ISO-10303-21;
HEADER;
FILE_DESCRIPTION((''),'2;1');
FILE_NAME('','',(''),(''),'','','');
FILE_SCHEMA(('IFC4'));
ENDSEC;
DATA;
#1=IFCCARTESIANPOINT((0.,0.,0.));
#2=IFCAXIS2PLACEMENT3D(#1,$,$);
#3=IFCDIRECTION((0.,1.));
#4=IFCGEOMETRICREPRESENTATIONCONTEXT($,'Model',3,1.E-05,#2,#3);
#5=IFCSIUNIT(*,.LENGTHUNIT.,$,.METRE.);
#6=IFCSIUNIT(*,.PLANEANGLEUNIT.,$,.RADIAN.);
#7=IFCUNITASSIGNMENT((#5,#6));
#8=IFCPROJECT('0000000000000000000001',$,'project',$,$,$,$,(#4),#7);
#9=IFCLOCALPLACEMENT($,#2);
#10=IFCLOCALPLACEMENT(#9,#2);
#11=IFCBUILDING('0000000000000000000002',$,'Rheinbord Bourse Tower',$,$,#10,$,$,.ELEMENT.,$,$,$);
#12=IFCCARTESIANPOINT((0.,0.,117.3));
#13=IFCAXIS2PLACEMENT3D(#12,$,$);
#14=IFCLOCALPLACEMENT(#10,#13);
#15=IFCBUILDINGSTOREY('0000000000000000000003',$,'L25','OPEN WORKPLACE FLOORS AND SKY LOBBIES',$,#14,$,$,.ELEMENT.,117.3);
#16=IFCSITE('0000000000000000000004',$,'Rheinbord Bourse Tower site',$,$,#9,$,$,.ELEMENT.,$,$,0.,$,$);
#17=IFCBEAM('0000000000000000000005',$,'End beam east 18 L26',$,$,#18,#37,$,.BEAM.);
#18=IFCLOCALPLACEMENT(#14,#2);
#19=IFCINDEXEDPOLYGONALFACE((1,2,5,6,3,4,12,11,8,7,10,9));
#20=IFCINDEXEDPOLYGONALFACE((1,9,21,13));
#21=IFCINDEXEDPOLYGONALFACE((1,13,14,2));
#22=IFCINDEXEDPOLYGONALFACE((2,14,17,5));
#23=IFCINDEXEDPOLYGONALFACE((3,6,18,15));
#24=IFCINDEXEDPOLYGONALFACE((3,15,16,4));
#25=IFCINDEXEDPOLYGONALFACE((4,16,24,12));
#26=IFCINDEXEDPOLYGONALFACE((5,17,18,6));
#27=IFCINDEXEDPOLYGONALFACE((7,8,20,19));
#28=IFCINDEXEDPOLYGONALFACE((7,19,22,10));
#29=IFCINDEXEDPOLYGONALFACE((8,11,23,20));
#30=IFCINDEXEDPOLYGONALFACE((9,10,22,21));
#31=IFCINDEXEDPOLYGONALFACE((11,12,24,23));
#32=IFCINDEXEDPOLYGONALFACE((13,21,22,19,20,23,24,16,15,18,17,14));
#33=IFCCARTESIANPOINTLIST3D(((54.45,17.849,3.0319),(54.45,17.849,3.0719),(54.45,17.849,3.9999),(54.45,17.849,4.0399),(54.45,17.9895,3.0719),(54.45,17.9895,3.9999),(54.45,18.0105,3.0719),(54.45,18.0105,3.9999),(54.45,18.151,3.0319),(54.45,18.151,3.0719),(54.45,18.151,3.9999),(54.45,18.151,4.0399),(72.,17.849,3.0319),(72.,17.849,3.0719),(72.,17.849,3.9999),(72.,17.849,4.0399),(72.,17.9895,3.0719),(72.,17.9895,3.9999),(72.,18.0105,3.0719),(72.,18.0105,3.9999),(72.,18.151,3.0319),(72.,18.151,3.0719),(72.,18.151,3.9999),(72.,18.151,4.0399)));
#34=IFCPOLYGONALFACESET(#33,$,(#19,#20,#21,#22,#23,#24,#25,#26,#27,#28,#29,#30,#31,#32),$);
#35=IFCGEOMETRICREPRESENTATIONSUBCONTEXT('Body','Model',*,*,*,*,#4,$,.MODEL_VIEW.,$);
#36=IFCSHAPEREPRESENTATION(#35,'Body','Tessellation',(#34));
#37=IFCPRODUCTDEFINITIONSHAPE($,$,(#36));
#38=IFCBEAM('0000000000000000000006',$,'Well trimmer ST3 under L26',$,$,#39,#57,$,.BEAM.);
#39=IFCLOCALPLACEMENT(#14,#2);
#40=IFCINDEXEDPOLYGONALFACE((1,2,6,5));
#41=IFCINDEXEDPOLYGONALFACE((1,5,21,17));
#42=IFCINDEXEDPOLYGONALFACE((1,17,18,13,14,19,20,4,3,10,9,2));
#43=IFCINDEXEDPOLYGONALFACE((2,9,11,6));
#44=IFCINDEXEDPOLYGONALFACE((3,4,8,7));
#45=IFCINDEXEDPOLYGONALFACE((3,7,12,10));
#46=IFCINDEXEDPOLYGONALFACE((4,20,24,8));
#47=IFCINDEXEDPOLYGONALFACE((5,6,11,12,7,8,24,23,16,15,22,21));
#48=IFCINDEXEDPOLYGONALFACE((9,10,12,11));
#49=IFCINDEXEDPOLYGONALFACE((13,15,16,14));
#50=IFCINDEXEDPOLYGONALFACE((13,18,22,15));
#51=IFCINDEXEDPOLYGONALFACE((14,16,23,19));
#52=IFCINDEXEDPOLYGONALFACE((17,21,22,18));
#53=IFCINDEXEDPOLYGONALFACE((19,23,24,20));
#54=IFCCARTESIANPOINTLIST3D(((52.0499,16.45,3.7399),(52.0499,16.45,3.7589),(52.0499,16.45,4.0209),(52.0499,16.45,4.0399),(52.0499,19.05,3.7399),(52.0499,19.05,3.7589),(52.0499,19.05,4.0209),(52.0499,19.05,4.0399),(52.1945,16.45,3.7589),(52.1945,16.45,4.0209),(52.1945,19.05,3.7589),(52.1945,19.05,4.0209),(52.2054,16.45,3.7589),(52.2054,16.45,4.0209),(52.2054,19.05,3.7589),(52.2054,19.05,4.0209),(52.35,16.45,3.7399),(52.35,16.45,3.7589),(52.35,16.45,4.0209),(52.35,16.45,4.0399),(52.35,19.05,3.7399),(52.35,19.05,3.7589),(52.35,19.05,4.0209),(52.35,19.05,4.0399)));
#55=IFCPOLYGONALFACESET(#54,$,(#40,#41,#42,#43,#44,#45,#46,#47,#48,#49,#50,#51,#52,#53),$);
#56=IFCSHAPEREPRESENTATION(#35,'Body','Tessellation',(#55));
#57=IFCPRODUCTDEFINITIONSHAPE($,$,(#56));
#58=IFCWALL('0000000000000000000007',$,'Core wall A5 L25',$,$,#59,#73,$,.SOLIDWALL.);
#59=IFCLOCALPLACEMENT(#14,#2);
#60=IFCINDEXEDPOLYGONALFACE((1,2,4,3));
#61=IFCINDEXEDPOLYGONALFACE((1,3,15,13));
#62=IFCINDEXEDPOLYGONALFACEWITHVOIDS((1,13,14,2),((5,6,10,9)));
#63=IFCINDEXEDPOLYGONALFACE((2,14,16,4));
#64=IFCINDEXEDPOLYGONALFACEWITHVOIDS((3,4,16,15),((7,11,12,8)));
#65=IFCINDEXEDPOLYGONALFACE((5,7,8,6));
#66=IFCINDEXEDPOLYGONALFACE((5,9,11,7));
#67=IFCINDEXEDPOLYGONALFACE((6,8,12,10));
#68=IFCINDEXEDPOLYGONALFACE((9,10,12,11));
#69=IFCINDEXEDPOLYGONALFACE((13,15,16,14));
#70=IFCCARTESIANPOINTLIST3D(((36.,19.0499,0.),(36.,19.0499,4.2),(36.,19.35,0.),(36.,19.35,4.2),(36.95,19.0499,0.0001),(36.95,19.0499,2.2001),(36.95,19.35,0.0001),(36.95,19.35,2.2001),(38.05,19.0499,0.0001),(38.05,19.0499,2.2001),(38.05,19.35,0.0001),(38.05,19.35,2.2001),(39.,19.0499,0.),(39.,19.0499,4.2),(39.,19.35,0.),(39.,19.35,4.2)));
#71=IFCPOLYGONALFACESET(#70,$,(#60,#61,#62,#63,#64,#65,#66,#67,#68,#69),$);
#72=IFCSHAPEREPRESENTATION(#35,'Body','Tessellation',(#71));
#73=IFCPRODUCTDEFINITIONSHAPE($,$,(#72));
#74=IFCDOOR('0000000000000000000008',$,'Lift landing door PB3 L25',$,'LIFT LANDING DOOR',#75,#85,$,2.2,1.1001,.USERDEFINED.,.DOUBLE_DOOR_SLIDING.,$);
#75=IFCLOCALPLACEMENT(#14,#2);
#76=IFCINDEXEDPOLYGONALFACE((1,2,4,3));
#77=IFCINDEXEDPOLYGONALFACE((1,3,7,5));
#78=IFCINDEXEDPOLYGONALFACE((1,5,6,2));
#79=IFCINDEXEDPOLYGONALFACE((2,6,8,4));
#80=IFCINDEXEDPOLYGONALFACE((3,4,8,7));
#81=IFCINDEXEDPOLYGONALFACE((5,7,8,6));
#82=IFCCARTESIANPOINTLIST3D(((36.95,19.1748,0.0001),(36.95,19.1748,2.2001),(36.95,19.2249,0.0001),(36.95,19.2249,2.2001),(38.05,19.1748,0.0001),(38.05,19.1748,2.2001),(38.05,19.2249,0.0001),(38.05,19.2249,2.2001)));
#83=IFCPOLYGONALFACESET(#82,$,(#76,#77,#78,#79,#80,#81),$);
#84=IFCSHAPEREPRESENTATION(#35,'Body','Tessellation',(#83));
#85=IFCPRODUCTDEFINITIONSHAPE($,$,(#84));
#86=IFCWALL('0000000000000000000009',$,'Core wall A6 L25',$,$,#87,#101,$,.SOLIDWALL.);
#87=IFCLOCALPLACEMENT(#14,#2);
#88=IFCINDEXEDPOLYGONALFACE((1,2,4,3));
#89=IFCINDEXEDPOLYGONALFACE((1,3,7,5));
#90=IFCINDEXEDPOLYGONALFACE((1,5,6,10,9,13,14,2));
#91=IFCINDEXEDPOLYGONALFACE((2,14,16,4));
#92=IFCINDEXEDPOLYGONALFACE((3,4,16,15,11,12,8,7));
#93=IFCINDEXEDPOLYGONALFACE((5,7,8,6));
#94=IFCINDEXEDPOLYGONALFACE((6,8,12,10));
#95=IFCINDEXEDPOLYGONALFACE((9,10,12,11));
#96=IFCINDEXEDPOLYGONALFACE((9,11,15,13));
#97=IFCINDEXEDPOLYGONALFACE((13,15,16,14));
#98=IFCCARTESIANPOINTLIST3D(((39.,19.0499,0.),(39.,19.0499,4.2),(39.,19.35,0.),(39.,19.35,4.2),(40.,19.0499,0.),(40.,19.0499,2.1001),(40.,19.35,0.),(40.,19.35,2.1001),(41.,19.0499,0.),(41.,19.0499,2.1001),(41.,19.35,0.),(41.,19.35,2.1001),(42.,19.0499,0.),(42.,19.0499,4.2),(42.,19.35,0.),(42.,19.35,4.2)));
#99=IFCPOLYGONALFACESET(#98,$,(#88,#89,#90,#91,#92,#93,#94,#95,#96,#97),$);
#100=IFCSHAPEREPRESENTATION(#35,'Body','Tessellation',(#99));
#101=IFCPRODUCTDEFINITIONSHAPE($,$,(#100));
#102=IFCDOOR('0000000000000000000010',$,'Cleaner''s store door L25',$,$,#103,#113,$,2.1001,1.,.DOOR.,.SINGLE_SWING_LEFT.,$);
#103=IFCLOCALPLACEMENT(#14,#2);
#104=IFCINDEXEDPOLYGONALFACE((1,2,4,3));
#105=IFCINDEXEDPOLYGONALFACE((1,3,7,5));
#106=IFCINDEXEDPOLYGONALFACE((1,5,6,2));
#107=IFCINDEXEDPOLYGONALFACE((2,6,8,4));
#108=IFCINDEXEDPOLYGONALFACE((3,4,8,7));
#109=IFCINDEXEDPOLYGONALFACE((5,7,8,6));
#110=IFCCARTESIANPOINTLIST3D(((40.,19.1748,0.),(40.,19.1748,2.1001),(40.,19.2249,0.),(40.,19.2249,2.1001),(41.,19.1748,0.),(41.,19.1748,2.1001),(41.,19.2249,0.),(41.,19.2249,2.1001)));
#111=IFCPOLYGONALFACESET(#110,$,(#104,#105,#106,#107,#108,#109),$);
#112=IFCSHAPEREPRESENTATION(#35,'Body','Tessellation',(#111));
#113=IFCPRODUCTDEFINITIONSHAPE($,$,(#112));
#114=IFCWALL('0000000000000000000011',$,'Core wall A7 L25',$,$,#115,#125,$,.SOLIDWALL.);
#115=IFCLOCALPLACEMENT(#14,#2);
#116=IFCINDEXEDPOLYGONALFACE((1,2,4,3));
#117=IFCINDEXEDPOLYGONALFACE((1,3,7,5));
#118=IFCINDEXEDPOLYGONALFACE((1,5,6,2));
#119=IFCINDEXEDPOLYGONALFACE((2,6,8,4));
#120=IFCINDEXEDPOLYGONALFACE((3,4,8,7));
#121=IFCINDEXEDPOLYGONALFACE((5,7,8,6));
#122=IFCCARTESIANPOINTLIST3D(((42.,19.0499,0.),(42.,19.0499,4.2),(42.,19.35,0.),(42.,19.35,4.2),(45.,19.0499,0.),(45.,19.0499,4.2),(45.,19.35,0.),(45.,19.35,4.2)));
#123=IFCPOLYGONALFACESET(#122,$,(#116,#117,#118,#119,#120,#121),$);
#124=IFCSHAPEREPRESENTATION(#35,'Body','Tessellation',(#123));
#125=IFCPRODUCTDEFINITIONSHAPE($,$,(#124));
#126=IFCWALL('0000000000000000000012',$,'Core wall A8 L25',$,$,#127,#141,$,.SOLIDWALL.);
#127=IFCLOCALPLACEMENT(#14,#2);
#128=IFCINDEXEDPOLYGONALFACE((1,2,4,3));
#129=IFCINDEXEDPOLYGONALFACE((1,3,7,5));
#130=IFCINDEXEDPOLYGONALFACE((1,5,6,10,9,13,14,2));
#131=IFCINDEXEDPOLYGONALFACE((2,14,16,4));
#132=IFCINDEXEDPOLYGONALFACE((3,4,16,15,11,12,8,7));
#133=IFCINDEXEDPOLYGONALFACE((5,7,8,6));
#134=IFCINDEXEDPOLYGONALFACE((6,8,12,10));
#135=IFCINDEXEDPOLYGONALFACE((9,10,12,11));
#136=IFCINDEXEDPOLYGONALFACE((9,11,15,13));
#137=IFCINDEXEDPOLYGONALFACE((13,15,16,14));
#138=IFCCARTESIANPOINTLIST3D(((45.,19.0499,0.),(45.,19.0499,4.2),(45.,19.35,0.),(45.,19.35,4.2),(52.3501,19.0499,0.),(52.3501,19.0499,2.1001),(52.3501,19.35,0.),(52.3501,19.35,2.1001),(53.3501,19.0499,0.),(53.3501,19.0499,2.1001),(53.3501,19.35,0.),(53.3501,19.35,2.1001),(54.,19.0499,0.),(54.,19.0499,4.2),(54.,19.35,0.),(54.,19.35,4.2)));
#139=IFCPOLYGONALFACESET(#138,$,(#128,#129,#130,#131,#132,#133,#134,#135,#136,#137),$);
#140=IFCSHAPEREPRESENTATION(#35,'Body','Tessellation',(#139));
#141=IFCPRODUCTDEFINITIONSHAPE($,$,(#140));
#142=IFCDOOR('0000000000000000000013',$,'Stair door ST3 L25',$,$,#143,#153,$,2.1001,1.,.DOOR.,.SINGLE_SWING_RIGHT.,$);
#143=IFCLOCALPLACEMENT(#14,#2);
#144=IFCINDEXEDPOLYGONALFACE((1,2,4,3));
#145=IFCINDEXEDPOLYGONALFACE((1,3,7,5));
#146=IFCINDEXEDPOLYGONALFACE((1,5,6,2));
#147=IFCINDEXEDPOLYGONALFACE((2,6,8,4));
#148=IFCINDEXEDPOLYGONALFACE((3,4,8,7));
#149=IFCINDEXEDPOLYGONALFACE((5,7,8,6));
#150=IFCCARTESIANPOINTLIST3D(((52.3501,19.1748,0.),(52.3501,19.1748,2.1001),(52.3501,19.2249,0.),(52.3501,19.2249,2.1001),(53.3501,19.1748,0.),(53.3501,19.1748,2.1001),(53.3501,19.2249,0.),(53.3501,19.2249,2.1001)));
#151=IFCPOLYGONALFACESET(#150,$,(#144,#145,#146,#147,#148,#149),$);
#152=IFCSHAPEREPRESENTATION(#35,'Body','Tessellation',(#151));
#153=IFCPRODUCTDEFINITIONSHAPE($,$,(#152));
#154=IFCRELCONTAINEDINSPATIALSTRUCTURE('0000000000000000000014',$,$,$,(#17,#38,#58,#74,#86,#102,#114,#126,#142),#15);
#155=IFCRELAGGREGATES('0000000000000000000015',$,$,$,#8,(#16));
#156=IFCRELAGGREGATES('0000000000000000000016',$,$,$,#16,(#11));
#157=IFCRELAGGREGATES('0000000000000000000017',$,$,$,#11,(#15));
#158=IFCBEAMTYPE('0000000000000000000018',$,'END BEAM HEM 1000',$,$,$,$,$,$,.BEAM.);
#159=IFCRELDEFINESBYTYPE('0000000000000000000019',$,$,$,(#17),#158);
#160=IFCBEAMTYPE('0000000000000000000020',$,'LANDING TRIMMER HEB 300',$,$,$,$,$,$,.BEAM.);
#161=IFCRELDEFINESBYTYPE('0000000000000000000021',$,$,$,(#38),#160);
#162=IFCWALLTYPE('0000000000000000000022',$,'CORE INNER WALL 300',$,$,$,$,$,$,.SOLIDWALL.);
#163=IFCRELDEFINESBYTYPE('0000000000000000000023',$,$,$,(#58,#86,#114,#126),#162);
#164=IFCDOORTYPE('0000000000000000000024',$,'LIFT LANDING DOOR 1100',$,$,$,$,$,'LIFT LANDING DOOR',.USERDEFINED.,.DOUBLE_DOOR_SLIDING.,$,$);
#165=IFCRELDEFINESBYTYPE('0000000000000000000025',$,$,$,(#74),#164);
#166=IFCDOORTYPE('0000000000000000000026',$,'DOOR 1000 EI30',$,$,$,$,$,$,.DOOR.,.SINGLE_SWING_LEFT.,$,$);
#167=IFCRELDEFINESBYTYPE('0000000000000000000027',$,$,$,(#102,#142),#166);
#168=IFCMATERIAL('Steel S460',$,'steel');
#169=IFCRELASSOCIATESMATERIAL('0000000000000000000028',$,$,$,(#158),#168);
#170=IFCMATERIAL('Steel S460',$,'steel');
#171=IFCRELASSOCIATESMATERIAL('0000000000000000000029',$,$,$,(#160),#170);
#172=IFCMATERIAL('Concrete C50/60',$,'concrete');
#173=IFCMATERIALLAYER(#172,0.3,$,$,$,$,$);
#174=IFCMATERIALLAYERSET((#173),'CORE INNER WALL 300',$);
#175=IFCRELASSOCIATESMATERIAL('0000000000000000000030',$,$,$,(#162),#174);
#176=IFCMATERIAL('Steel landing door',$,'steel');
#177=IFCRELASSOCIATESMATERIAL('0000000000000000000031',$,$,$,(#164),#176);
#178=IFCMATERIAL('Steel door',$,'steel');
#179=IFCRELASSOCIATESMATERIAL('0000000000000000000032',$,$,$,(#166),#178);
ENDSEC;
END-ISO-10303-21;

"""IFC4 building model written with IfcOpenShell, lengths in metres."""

from ifc_helpers import new_model, si_unit, direction, frame, frame_2d, origin, origin_2d, place, context, subcontext, project, spatial, rectangle, i_section, extrude, material, layer, layer_set, material_profile, profile_set, type_object, element, fill, save


model = new_model("IFC4")

# Units and contexts
model_context = context("Model", 3, precision=1e-05, world=origin(), true_north=direction((0.0, 1.0)))
body_context = subcontext(model_context, "Body", "Model", "MODEL_VIEW")
ifc_project = project(units=[si_unit("LENGTHUNIT", "METRE"), si_unit("PLANEANGLEUNIT", "RADIAN")], contexts=[model_context])

# Site, building, storey
site_placement = place(None, origin())
site = spatial("IfcSite", under=ifc_project, at=site_placement, Name="Rheinbord Bourse Tower site", CompositionType="ELEMENT", RefElevation=0.0)
building_placement = place(site_placement, origin())
building = spatial("IfcBuilding", under=site, at=building_placement, Name="Rheinbord Bourse Tower", CompositionType="ELEMENT")
storey_placement = place(building_placement, frame((0.0, 0.0, 117.3)))
storey = spatial("IfcBuildingStorey", under=building, at=storey_placement, Name="L25", Description="OPEN WORKPLACE FLOORS AND SKY LOBBIES", CompositionType="ELEMENT", Elevation=117.3)

# Beams
ifc_material_1 = material(Name="Steel S460", Category="steel")
ifc_material_profile_1 = material_profile(ifc_material_1, i_section(OverallWidth=0.302, OverallDepth=1.0081, WebThickness=0.021, FlangeThickness=0.04, at=origin_2d()), Name="HEM 1000")
ifc_profile_set_1 = profile_set([ifc_material_profile_1], Name="Steel S460")
beam_type_1 = type_object("IfcBeamType", Name="END BEAM HEM 1000", PredefinedType="BEAM", material=ifc_profile_set_1)
beam_1_placement = place(storey_placement, frame((54.45, 18.0, 3.5359), z_axis=(1.0, 0.0, 0.0), x_axis=(0.0, 1.0, 0.0)))
element("IfcBeam", 1, at=beam_1_placement, inside=storey, type_object=beam_type_1, Name="End beam east 18 L26", PredefinedType="BEAM", context=body_context, shape_type="SweptSolid", body=[
    extrude(i_section(OverallWidth=0.302, OverallDepth=1.0081, WebThickness=0.021, FlangeThickness=0.04, at=origin_2d()), origin(), (0.0, 0.0, 1.0), 17.55),
])
ifc_material_2 = material(Name="Steel S460", Category="steel")
ifc_material_profile_2 = material_profile(ifc_material_2, i_section(OverallWidth=0.3, OverallDepth=0.3, WebThickness=0.011, FlangeThickness=0.019, at=origin_2d()), Name="HEB 300")
ifc_profile_set_2 = profile_set([ifc_material_profile_2], Name="Steel S460")
beam_type_2 = type_object("IfcBeamType", Name="LANDING TRIMMER HEB 300", PredefinedType="BEAM", material=ifc_profile_set_2)
beam_2_placement = place(storey_placement, frame((52.2, 16.45, 3.8899), z_axis=(0.0, 1.0, 0.0), x_axis=(-1.0, 0.0, 0.0)))
element("IfcBeam", 2, at=beam_2_placement, inside=storey, type_object=beam_type_2, Name="Well trimmer ST3 under L26", PredefinedType="BEAM", context=body_context, shape_type="SweptSolid", body=[
    extrude(i_section(OverallWidth=0.3, OverallDepth=0.3, WebThickness=0.011, FlangeThickness=0.019, at=origin_2d()), origin(), (0.0, 0.0, 1.0), 2.6001),
])

# Walls, openings, doors
ifc_material_3 = material(Name="Concrete C50/60", Category="concrete")
ifc_layer_1 = layer(ifc_material_3, 0.3)
ifc_layer_set_1 = layer_set([ifc_layer_1], Name="CORE INNER WALL 300")
wall_type_1 = type_object("IfcWallType", Name="CORE INNER WALL 300", PredefinedType="SOLIDWALL", material=ifc_layer_set_1)
wall_1_placement = place(storey_placement, frame((36.0, 19.2, 0.0), z_axis=(0.0, 0.0, 1.0), x_axis=(1.0, 0.0, 0.0)))
wall_1 = element("IfcWall", 3, at=wall_1_placement, inside=storey, type_object=wall_type_1, Name="Core wall A5 L25", PredefinedType="SOLIDWALL", context=body_context, shape_type="SweptSolid", body=[
    extrude(rectangle(XDim=3.0, YDim=0.3, at=frame_2d((1.5, 0.0))), origin(), (0.0, 0.0, 1.0), 4.2),
])
opening_1_placement = place(wall_1_placement, frame((0.95, 0.0, 0.0)))
opening_1 = element("IfcOpeningElement", 4, at=opening_1_placement, cuts=wall_1, PredefinedType="OPENING", context=body_context, shape_type="SweptSolid", body=[
    extrude(rectangle(XDim=1.1001, YDim=2.2, at=frame_2d((0.55, 1.1001))), frame((0.0, 0.1599, 0.0), z_axis=(0.0, -1.0, 0.0), x_axis=(1.0, 0.0, 0.0)), (0.0, 0.0, 1.0), 0.3201),
])
ifc_material_4 = material(Name="Steel landing door", Category="steel")
door_type_1 = type_object("IfcDoorType", Name="LIFT LANDING DOOR 1100", ElementType="LIFT LANDING DOOR", OperationType="DOUBLE_DOOR_SLIDING", PredefinedType="USERDEFINED", material=ifc_material_4)
door_1_placement = place(opening_1_placement, origin())
door_1 = element("IfcDoor", 5, at=door_1_placement, inside=storey, type_object=door_type_1, Name="Lift landing door PB3 L25", ObjectType="LIFT LANDING DOOR", OperationType="DOUBLE_DOOR_SLIDING", OverallHeight=2.2, OverallWidth=1.1001, PredefinedType="USERDEFINED", context=body_context, shape_type="SweptSolid", body=[
    extrude(rectangle(XDim=1.1001, YDim=2.2, at=frame_2d((0.55, 1.1001))), frame((0.0, 0.0249, 0.0), z_axis=(0.0, -1.0, 0.0), x_axis=(1.0, 0.0, 0.0)), (0.0, 0.0, 1.0), 0.05),
])
fill(opening_1, door_1)
wall_2_placement = place(storey_placement, frame((39.0, 19.2, 0.0), z_axis=(0.0, 0.0, 1.0), x_axis=(1.0, 0.0, 0.0)))
wall_2 = element("IfcWall", 6, at=wall_2_placement, inside=storey, type_object=wall_type_1, Name="Core wall A6 L25", PredefinedType="SOLIDWALL", context=body_context, shape_type="SweptSolid", body=[
    extrude(rectangle(XDim=3.0, YDim=0.3, at=frame_2d((1.5, 0.0))), origin(), (0.0, 0.0, 1.0), 4.2),
])
opening_2_placement = place(wall_2_placement, frame((1.0, 0.0, 0.0)))
opening_2 = element("IfcOpeningElement", 7, at=opening_2_placement, cuts=wall_2, PredefinedType="OPENING", context=body_context, shape_type="SweptSolid", body=[
    extrude(rectangle(XDim=1.0, YDim=2.1001, at=frame_2d((0.5, 1.05))), frame((0.0, 0.1599, 0.0), z_axis=(0.0, -1.0, 0.0), x_axis=(1.0, 0.0, 0.0)), (0.0, 0.0, 1.0), 0.3201),
])
ifc_material_5 = material(Name="Steel door", Category="steel")
door_type_2 = type_object("IfcDoorType", Name="DOOR 1000 EI30", OperationType="SINGLE_SWING_LEFT", PredefinedType="DOOR", material=ifc_material_5)
door_2_placement = place(opening_2_placement, origin())
door_2 = element("IfcDoor", 8, at=door_2_placement, inside=storey, type_object=door_type_2, Name="Cleaner's store door L25", OperationType="SINGLE_SWING_LEFT", OverallHeight=2.1001, OverallWidth=1.0, PredefinedType="DOOR", context=body_context, shape_type="SweptSolid", body=[
    extrude(rectangle(XDim=1.0, YDim=2.1001, at=frame_2d((0.5, 1.05))), frame((0.0, 0.0249, 0.0), z_axis=(0.0, -1.0, 0.0), x_axis=(1.0, 0.0, 0.0)), (0.0, 0.0, 1.0), 0.05),
])
fill(opening_2, door_2)

# Wall
wall_3_placement = place(storey_placement, frame((42.0, 19.2, 0.0), z_axis=(0.0, 0.0, 1.0), x_axis=(1.0, 0.0, 0.0)))
element("IfcWall", 9, at=wall_3_placement, inside=storey, type_object=wall_type_1, Name="Core wall A7 L25", PredefinedType="SOLIDWALL", context=body_context, shape_type="SweptSolid", body=[
    extrude(rectangle(XDim=3.0, YDim=0.3, at=frame_2d((1.5, 0.0))), origin(), (0.0, 0.0, 1.0), 4.2),
])

# Wall, opening, door
wall_4_placement = place(storey_placement, frame((45.0, 19.2, 0.0), z_axis=(0.0, 0.0, 1.0), x_axis=(1.0, 0.0, 0.0)))
wall_4 = element("IfcWall", 10, at=wall_4_placement, inside=storey, type_object=wall_type_1, Name="Core wall A8 L25", PredefinedType="SOLIDWALL", context=body_context, shape_type="SweptSolid", body=[
    extrude(rectangle(XDim=9.0, YDim=0.3, at=frame_2d((4.5, 0.0))), origin(), (0.0, 0.0, 1.0), 4.2),
])
opening_3_placement = place(wall_4_placement, frame((7.3501, 0.0, 0.0)))
opening_3 = element("IfcOpeningElement", 11, at=opening_3_placement, cuts=wall_4, PredefinedType="OPENING", context=body_context, shape_type="SweptSolid", body=[
    extrude(rectangle(XDim=1.0, YDim=2.1001, at=frame_2d((0.5, 1.05))), frame((0.0, 0.1599, 0.0), z_axis=(0.0, -1.0, 0.0), x_axis=(1.0, 0.0, 0.0)), (0.0, 0.0, 1.0), 0.3201),
])
door_3_placement = place(opening_3_placement, origin())
door_3 = element("IfcDoor", 12, at=door_3_placement, inside=storey, type_object=door_type_2, Name="Stair door ST3 L25", OperationType="SINGLE_SWING_RIGHT", OverallHeight=2.1001, OverallWidth=1.0, PredefinedType="DOOR", context=body_context, shape_type="SweptSolid", body=[
    extrude(rectangle(XDim=1.0, YDim=2.1001, at=frame_2d((0.5, 1.05))), frame((0.0, 0.0249, 0.0), z_axis=(0.0, -1.0, 0.0), x_axis=(1.0, 0.0, 0.0)), (0.0, 0.0, 1.0), 0.05),
])
fill(opening_3, door_3)

save(model, "model.ifc")
